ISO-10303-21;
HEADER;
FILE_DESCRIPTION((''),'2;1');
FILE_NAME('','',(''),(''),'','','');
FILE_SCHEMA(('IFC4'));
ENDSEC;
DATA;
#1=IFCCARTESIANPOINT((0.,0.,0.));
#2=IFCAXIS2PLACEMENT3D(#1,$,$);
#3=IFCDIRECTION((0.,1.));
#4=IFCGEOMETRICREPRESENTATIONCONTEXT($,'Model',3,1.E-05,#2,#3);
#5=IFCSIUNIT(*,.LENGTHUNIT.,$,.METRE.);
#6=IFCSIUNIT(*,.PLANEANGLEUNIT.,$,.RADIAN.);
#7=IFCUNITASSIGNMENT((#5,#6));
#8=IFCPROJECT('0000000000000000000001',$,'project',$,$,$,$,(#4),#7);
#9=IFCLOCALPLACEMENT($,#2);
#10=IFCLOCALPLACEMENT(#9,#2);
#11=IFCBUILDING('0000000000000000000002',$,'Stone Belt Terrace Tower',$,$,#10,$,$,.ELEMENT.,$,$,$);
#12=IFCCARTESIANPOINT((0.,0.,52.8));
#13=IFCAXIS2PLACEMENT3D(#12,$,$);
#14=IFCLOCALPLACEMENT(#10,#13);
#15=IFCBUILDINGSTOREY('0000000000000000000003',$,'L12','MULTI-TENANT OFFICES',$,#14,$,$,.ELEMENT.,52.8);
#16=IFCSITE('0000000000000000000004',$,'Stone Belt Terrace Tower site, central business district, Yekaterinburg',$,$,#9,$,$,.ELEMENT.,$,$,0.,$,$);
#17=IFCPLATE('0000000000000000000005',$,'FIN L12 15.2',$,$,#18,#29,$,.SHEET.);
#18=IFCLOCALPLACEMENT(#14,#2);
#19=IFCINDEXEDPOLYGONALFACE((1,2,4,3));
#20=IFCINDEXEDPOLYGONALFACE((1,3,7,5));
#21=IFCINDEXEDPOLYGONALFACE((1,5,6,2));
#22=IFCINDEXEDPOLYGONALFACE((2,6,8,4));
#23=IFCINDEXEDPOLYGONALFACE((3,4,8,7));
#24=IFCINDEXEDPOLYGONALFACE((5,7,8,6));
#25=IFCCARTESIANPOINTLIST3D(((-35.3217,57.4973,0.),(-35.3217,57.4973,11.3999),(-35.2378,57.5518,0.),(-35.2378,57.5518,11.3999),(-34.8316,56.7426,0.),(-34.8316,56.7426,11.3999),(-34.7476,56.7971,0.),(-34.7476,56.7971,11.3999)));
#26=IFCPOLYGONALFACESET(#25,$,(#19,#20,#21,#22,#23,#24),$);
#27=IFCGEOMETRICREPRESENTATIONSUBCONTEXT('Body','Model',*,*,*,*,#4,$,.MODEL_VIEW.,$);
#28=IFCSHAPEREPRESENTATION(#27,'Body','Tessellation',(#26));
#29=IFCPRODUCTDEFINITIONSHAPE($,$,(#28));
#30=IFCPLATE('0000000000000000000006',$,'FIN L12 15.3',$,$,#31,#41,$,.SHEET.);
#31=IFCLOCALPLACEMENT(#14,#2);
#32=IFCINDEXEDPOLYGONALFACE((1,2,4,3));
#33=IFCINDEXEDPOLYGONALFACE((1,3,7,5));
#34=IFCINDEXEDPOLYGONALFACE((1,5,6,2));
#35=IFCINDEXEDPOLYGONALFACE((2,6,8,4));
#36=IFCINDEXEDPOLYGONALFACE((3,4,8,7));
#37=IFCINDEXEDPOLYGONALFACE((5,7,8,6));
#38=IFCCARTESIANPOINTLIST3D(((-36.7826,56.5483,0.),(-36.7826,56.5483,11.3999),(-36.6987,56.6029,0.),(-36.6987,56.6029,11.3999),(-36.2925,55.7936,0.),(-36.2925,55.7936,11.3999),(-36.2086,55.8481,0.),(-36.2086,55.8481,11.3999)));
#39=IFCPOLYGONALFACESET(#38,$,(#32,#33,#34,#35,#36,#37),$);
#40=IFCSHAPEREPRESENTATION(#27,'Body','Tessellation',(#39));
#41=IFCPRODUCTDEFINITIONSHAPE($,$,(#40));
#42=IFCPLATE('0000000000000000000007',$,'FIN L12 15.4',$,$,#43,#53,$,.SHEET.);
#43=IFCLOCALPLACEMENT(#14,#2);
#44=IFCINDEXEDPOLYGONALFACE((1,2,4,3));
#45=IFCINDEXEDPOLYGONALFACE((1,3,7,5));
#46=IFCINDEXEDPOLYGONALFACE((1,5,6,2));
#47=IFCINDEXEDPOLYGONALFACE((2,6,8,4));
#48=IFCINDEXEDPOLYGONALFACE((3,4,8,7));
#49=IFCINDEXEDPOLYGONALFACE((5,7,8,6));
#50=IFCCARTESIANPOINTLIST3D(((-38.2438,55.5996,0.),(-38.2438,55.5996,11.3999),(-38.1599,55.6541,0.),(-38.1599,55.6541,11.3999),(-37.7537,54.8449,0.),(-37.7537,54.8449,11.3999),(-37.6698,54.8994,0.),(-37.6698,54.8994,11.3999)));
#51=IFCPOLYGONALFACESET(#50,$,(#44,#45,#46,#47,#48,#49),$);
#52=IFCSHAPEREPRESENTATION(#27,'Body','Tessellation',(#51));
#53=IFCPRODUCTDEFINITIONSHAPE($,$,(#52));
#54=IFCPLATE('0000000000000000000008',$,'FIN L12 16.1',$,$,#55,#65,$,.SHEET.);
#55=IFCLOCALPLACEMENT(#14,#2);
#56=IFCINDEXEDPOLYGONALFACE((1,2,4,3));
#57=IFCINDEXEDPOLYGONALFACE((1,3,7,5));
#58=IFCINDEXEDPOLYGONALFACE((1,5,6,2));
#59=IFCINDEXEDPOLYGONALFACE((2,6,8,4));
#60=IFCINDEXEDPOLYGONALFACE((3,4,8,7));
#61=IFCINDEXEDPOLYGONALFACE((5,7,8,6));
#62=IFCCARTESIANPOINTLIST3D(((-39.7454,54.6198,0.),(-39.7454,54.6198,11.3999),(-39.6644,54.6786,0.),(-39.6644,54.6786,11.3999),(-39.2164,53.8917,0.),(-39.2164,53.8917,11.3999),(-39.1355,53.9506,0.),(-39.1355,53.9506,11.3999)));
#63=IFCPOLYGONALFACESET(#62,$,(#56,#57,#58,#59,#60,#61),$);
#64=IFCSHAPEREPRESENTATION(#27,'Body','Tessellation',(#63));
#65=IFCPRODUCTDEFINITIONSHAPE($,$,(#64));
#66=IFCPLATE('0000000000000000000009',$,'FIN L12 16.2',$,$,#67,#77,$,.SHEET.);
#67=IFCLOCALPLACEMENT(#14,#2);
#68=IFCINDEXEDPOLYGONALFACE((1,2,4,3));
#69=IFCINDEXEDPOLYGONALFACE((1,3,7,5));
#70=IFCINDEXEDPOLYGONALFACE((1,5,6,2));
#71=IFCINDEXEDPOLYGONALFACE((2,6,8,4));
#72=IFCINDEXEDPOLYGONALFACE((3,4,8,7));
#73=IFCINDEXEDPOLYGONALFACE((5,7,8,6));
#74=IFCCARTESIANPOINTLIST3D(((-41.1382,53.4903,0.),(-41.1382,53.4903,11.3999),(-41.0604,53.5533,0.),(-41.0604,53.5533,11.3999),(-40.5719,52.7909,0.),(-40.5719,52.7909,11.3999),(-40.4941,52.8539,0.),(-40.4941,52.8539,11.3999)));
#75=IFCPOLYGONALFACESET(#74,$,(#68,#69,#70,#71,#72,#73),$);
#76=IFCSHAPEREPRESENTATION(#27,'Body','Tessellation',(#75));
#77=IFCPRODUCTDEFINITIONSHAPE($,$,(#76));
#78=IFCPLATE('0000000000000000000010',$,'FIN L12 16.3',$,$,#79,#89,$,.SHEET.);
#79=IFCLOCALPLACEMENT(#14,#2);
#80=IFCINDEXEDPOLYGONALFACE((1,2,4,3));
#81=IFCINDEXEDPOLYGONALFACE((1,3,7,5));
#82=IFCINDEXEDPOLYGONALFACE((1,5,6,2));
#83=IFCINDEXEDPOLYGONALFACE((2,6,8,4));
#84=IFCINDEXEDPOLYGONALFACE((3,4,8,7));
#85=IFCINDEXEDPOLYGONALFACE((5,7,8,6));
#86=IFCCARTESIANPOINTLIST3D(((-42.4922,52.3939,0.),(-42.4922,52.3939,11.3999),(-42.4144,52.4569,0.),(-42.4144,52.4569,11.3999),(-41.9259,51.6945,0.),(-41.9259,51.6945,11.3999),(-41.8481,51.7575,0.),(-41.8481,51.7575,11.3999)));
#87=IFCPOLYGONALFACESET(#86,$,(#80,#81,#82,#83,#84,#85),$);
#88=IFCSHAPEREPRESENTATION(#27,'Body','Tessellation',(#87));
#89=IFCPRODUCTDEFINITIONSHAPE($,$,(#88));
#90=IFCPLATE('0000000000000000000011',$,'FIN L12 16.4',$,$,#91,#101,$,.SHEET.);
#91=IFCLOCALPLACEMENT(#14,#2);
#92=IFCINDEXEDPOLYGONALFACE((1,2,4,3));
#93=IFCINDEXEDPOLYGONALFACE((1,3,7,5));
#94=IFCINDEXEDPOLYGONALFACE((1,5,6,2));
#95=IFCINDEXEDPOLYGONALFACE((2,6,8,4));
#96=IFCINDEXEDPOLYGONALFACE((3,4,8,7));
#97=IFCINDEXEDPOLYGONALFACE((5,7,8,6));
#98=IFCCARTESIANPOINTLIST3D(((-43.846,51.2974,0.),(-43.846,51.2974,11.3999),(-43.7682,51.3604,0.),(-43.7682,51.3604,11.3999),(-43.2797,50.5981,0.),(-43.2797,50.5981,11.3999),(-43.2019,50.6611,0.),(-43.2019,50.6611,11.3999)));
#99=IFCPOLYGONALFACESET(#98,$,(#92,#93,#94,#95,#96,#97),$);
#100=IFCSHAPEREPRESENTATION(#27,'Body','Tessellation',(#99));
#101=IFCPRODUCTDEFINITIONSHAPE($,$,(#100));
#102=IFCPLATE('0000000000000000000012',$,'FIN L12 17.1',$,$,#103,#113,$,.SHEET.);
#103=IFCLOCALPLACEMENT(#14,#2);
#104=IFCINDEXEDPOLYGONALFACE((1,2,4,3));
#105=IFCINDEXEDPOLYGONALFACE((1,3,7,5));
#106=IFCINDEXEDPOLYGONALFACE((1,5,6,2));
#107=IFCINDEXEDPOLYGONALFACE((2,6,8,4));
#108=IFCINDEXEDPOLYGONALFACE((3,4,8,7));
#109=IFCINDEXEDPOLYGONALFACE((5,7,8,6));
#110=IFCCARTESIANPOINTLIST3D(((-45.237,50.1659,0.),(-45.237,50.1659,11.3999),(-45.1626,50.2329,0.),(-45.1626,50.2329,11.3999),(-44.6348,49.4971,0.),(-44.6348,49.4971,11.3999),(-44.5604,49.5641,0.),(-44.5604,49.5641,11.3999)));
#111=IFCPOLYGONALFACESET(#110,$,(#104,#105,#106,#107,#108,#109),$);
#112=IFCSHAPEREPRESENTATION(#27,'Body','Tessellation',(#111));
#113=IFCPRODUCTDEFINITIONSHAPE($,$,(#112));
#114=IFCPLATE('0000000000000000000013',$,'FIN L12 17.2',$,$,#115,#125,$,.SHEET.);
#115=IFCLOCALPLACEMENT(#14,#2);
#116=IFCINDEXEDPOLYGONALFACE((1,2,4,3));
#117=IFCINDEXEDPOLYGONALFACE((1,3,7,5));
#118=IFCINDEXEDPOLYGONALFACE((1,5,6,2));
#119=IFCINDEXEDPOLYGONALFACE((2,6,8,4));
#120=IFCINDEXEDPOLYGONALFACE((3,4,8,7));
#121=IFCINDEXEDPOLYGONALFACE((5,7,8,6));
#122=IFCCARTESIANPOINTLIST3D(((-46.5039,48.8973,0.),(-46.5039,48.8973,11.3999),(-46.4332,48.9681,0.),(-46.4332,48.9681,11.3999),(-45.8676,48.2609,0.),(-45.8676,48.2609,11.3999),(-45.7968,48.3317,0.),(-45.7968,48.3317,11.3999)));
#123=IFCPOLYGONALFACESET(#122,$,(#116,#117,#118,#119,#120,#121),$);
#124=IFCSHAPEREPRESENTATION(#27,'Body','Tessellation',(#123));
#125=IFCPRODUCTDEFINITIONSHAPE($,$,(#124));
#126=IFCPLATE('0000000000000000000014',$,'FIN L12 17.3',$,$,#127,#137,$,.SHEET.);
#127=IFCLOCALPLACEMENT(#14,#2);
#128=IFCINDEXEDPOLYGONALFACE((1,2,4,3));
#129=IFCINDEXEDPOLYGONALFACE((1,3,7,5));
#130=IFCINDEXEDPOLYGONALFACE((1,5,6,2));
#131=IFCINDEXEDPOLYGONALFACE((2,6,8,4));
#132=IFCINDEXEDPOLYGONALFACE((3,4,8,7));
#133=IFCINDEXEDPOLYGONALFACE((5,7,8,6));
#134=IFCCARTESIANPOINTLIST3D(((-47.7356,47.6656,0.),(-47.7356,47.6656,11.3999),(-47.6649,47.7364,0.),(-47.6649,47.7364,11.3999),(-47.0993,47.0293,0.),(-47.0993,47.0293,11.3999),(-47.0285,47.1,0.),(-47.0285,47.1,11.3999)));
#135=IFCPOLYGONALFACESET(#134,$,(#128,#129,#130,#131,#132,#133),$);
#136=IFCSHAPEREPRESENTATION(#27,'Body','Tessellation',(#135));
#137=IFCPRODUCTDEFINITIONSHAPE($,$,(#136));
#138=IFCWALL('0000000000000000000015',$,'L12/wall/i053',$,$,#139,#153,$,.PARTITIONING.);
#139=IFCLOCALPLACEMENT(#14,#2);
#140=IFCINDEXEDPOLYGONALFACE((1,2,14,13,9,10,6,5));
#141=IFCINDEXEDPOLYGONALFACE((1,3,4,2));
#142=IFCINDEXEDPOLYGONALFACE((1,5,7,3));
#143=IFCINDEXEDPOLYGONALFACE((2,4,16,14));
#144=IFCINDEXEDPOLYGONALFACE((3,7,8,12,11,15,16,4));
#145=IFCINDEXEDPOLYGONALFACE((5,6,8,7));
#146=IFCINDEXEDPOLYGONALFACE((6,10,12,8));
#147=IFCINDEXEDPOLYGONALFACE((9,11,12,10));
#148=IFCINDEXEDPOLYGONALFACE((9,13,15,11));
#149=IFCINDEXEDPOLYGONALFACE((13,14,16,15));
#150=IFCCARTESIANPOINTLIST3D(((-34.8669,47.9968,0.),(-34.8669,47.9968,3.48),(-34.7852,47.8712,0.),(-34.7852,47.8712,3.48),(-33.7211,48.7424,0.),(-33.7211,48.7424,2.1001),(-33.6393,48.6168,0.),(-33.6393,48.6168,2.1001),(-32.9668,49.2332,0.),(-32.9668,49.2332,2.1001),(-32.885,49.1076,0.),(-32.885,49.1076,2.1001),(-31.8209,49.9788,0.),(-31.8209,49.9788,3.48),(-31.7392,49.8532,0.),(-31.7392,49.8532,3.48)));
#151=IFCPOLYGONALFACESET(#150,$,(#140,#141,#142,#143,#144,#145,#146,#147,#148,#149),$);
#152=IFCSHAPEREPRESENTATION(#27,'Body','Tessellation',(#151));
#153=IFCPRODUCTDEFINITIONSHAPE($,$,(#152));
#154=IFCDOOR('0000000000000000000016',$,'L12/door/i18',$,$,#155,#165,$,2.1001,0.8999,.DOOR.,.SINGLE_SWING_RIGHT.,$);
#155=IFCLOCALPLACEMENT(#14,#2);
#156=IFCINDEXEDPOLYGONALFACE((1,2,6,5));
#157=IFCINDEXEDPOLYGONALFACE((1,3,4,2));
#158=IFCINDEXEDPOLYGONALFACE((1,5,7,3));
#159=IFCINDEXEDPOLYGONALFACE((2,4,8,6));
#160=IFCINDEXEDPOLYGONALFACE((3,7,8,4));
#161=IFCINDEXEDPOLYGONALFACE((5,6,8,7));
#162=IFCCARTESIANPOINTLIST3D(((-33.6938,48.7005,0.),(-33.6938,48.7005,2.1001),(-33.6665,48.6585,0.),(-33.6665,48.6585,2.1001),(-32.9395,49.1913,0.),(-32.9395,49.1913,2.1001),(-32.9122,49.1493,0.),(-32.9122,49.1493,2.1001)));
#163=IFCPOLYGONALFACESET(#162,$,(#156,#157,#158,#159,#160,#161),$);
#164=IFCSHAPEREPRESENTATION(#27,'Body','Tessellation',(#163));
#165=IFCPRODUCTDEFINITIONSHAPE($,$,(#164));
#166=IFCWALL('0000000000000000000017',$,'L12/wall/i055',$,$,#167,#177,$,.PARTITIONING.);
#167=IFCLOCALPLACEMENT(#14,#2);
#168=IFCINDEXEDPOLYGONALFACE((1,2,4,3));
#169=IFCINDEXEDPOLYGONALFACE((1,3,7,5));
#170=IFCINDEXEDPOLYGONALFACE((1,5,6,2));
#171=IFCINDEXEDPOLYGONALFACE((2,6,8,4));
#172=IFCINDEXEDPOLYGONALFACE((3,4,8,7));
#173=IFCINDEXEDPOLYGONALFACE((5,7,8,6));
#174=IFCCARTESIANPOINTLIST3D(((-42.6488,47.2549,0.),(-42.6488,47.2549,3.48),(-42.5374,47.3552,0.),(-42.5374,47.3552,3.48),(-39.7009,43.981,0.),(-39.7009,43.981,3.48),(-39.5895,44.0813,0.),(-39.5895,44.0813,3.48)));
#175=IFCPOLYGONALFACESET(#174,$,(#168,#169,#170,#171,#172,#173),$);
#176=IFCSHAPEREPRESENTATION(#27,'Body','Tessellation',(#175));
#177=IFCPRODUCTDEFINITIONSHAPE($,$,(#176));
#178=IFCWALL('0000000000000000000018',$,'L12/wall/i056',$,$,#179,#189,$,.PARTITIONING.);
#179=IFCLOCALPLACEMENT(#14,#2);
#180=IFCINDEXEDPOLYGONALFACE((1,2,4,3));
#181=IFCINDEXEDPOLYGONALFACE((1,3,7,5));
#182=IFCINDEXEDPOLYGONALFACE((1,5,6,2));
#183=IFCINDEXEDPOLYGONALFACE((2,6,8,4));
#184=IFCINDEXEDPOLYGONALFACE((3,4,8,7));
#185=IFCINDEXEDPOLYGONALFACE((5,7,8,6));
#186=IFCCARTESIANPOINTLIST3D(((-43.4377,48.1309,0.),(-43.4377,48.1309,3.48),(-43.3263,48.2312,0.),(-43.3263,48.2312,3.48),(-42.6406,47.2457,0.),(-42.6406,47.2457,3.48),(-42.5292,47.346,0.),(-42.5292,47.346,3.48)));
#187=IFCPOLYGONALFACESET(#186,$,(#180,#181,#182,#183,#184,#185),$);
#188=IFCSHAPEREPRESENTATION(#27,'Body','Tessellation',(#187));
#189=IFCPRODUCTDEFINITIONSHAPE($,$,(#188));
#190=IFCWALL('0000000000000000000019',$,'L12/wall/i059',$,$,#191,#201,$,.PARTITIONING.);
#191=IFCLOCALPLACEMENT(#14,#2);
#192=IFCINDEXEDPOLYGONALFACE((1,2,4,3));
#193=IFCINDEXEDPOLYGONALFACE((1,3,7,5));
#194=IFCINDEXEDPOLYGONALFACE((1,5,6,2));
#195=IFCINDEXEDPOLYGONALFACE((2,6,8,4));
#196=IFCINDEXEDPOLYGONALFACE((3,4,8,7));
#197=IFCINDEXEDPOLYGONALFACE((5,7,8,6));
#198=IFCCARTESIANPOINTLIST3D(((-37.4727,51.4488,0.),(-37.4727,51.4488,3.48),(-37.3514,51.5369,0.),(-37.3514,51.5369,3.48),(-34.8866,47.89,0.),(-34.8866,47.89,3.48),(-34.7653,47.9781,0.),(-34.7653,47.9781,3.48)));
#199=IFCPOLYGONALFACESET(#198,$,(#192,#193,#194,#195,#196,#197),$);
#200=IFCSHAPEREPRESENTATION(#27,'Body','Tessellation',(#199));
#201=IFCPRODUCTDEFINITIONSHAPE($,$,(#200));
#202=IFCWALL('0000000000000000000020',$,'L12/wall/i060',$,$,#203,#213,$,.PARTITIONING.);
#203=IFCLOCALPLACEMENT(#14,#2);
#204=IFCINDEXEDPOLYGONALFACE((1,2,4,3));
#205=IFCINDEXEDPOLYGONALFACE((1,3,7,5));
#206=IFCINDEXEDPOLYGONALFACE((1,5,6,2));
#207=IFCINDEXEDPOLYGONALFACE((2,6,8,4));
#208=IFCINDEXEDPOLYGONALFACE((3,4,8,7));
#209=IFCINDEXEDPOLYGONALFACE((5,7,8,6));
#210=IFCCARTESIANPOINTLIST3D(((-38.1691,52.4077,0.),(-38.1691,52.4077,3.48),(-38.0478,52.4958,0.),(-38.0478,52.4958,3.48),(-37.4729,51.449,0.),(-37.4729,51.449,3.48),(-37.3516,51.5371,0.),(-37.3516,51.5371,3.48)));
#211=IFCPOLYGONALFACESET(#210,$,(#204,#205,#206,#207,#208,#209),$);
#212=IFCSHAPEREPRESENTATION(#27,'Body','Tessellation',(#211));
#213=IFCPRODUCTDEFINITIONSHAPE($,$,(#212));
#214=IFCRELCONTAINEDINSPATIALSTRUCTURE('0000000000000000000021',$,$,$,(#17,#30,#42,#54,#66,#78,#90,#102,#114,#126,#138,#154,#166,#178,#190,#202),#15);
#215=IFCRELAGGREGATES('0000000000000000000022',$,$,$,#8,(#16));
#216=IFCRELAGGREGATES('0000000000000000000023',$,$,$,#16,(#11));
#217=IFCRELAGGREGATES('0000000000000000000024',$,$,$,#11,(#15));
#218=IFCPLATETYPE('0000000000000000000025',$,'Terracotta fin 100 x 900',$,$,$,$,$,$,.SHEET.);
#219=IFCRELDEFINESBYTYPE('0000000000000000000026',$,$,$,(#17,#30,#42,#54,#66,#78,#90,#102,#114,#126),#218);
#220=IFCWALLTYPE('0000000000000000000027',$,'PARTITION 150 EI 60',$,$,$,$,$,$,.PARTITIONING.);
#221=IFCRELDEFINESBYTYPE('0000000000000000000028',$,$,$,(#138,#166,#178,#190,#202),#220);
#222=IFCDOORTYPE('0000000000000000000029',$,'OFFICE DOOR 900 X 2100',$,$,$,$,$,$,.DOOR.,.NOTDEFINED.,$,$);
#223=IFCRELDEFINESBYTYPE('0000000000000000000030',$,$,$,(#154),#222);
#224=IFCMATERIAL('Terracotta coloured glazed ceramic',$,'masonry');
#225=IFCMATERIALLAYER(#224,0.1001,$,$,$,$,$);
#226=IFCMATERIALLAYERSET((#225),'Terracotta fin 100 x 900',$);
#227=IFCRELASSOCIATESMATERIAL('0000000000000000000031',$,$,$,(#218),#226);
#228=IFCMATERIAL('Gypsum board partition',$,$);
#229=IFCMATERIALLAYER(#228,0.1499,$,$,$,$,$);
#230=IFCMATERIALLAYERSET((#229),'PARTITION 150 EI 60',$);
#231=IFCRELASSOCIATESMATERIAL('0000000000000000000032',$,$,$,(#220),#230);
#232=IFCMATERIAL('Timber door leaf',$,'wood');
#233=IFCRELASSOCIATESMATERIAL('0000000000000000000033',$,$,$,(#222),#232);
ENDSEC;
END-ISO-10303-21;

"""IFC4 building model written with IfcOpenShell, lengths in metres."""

from ifc_helpers import new_model, si_unit, direction, frame, frame_2d, origin, origin_2d, place, context, subcontext, project, spatial, rectangle, extrude, material, layer, layer_set, type_object, element, fill, save


model = new_model("IFC4")

# Units and contexts
model_context = context("Model", 3, precision=1e-05, world=origin(), true_north=direction((0.0, 1.0)))
body_context = subcontext(model_context, "Body", "Model", "MODEL_VIEW")
ifc_project = project(units=[si_unit("LENGTHUNIT", "METRE"), si_unit("PLANEANGLEUNIT", "RADIAN")], contexts=[model_context])

# Site, building, storey
site_placement = place(None, origin())
site = spatial("IfcSite", under=ifc_project, at=site_placement, Name="Stone Belt Terrace Tower site, central business district, Yekaterinburg", CompositionType="ELEMENT", RefElevation=0.0)
building_placement = place(site_placement, origin())
building = spatial("IfcBuilding", under=site, at=building_placement, Name="Stone Belt Terrace Tower", CompositionType="ELEMENT")
storey_placement = place(building_placement, frame((0.0, 0.0, 52.8)))
storey = spatial("IfcBuildingStorey", under=building, at=storey_placement, Name="L12", Description="MULTI-TENANT OFFICES", CompositionType="ELEMENT", Elevation=52.8)

# Plates
ifc_material_1 = material(Name="Terracotta coloured glazed ceramic", Category="masonry")
ifc_layer_1 = layer(ifc_material_1, 0.1001)
ifc_layer_set_1 = layer_set([ifc_layer_1], Name="Terracotta fin 100 x 900")
plate_type_1 = type_object("IfcPlateType", Name="Terracotta fin 100 x 900", PredefinedType="SHEET", material=ifc_layer_set_1)
for number, where, z_axis, x_axis, name in (
    (1, (-35.0347, 57.1472, 0.0), (0.0, 0.0, 1.0), (-0.544639, 0.838671, 0.0), "FIN L12 15.2"),
    (2, (-36.4956, 56.1982, 0.0), (0.0, 0.0, 1.0), (-0.544639, 0.838671, 0.0), "FIN L12 15.3"),
    (3, (-37.9568, 55.2495, 0.0), (0.0, 0.0, 1.0), (-0.544639, 0.838671, 0.0), "FIN L12 15.4"),
    (4, (-39.4404, 54.2852, 0.0), (0.0, 0.0, 1.0), (-0.587785, 0.809017, 0.0), "FIN L12 16.1"),
    (5, (-40.8162, 53.1721, 0.0), (0.0, 0.0, 1.0), (-0.62932, 0.777146, 0.0), "FIN L12 16.2"),
    (6, (-42.1702, 52.0757, 0.0), (0.0, 0.0, 1.0), (-0.62932, 0.777146, 0.0), "FIN L12 16.3"),
    (7, (-43.5239, 50.9792, 0.0), (0.0, 0.0, 1.0), (-0.62932, 0.777146, 0.0), "FIN L12 16.4"),
    (8, (-44.8987, 49.865, 0.0), (0.0, 0.0, 1.0), (-0.669131, 0.743145, 0.0), "FIN L12 17.1"),
    (9, (-46.1504, 48.6145, 0.0), (0.0, 0.0, 1.0), (-0.707107, 0.707107, 0.0), "FIN L12 17.2"),
    (10, (-47.3821, 47.3828, 0.0), (0.0, 0.0, 1.0), (-0.707107, 0.707107, 0.0), "FIN L12 17.3"),
):
    element("IfcPlate", number, at=place(storey_placement, frame(where, z_axis=z_axis, x_axis=x_axis)), inside=storey, type_object=plate_type_1, Name=name, PredefinedType="SHEET", context=body_context, shape_type="SweptSolid", body=[
        extrude(rectangle(XDim=0.8999, YDim=0.1001, at=origin_2d()), origin(), (0.0, 0.0, 1.0), 11.3999),
    ])

# Wall, opening, door
ifc_material_2 = material(Name="Gypsum board partition")
ifc_layer_2 = layer(ifc_material_2, 0.1499)
ifc_layer_set_2 = layer_set([ifc_layer_2], Name="PARTITION 150 EI 60")
wall_type = type_object("IfcWallType", Name="PARTITION 150 EI 60", PredefinedType="PARTITIONING", material=ifc_layer_set_2)
wall_1_placement = place(storey_placement, frame((-34.8259, 47.9341, 0.0), z_axis=(0.0, 0.0, 1.0), x_axis=(0.83818, 0.545394, 0.0)))
wall_1 = element("IfcWall", 11, at=wall_1_placement, inside=storey, type_object=wall_type, Name="L12/wall/i053", PredefinedType="PARTITIONING", context=body_context, shape_type="SweptSolid", body=[
    extrude(rectangle(XDim=3.634, YDim=0.1499, at=frame_2d((1.8169, 0.0))), origin(), (0.0, 0.0, 1.0), 3.48),
])
opening_placement = place(wall_1_placement, frame((1.3669, 0.0, 0.0)))
opening = element("IfcOpeningElement", 12, at=opening_placement, cuts=wall_1, PredefinedType="OPENING", context=body_context, shape_type="SweptSolid", body=[
    extrude(rectangle(XDim=0.8999, YDim=2.1001, at=frame_2d((0.45, 1.05))), frame((0.0, 0.085, 0.0), z_axis=(0.0, -1.0, 0.0), x_axis=(1.0, 0.0, 0.0)), (0.0, 0.0, 1.0), 0.1699),
])
ifc_material_3 = material(Name="Timber door leaf", Category="wood")
door_type = type_object("IfcDoorType", Name="OFFICE DOOR 900 X 2100", OperationType="NOTDEFINED", PredefinedType="DOOR", material=ifc_material_3)
door_placement = place(opening_placement, origin())
door = element("IfcDoor", 13, at=door_placement, inside=storey, type_object=door_type, Name="L12/door/i18", OperationType="SINGLE_SWING_RIGHT", OverallHeight=2.1001, OverallWidth=0.8999, PredefinedType="DOOR", context=body_context, shape_type="SweptSolid", body=[
    extrude(rectangle(XDim=0.8999, YDim=2.1001, at=frame_2d((0.45, 1.05))), frame((0.0, 0.0249, 0.0), z_axis=(0.0, -1.0, 0.0), x_axis=(1.0, 0.0, 0.0)), (0.0, 0.0, 1.0), 0.05),
])
fill(opening, door)

# Walls
wall_2_placement = place(storey_placement, frame((-42.593, 47.3049, 0.0), z_axis=(0.0, 0.0, 1.0), x_axis=(0.669148, -0.743129, 0.0)))
element("IfcWall", 14, at=wall_2_placement, inside=storey, type_object=wall_type, Name="L12/wall/i055", PredefinedType="PARTITIONING", context=body_context, shape_type="SweptSolid", body=[
    extrude(rectangle(XDim=4.4055, YDim=0.1499, at=frame_2d((2.2026, 0.0))), origin(), (0.0, 0.0, 1.0), 3.48),
])
wall_3_placement = place(storey_placement, frame((-43.3821, 48.1812, 0.0), z_axis=(0.0, 0.0, 1.0), x_axis=(0.669146, -0.743131, 0.0)))
element("IfcWall", 15, at=wall_3_placement, inside=storey, type_object=wall_type, Name="L12/wall/i056", PredefinedType="PARTITIONING", context=body_context, shape_type="SweptSolid", body=[
    extrude(rectangle(XDim=1.1912, YDim=0.1499, at=frame_2d((0.5957, 0.0))), origin(), (0.0, 0.0, 1.0), 3.48),
])
wall_4_placement = place(storey_placement, frame((-37.4121, 51.4929, 0.0), z_axis=(0.0, 0.0, 1.0), x_axis=(0.587865, -0.808959, 0.0)))
element("IfcWall", 16, at=wall_4_placement, inside=storey, type_object=wall_type, Name="L12/wall/i059", PredefinedType="PARTITIONING", context=body_context, shape_type="SweptSolid", body=[
    extrude(rectangle(XDim=4.3992, YDim=0.1499, at=frame_2d((2.1997, 0.0))), origin(), (0.0, 0.0, 1.0), 3.48),
])
wall_5_placement = place(storey_placement, frame((-38.1084, 52.4517, 0.0), z_axis=(0.0, 0.0, 1.0), x_axis=(0.587633, -0.809128, 0.0)))
element("IfcWall", 17, at=wall_5_placement, inside=storey, type_object=wall_type, Name="L12/wall/i060", PredefinedType="PARTITIONING", context=body_context, shape_type="SweptSolid", body=[
    extrude(rectangle(XDim=1.1848, YDim=0.1499, at=frame_2d((0.5923, 0.0))), origin(), (0.0, 0.0, 1.0), 3.48),
])

save(model, "model.ifc")
